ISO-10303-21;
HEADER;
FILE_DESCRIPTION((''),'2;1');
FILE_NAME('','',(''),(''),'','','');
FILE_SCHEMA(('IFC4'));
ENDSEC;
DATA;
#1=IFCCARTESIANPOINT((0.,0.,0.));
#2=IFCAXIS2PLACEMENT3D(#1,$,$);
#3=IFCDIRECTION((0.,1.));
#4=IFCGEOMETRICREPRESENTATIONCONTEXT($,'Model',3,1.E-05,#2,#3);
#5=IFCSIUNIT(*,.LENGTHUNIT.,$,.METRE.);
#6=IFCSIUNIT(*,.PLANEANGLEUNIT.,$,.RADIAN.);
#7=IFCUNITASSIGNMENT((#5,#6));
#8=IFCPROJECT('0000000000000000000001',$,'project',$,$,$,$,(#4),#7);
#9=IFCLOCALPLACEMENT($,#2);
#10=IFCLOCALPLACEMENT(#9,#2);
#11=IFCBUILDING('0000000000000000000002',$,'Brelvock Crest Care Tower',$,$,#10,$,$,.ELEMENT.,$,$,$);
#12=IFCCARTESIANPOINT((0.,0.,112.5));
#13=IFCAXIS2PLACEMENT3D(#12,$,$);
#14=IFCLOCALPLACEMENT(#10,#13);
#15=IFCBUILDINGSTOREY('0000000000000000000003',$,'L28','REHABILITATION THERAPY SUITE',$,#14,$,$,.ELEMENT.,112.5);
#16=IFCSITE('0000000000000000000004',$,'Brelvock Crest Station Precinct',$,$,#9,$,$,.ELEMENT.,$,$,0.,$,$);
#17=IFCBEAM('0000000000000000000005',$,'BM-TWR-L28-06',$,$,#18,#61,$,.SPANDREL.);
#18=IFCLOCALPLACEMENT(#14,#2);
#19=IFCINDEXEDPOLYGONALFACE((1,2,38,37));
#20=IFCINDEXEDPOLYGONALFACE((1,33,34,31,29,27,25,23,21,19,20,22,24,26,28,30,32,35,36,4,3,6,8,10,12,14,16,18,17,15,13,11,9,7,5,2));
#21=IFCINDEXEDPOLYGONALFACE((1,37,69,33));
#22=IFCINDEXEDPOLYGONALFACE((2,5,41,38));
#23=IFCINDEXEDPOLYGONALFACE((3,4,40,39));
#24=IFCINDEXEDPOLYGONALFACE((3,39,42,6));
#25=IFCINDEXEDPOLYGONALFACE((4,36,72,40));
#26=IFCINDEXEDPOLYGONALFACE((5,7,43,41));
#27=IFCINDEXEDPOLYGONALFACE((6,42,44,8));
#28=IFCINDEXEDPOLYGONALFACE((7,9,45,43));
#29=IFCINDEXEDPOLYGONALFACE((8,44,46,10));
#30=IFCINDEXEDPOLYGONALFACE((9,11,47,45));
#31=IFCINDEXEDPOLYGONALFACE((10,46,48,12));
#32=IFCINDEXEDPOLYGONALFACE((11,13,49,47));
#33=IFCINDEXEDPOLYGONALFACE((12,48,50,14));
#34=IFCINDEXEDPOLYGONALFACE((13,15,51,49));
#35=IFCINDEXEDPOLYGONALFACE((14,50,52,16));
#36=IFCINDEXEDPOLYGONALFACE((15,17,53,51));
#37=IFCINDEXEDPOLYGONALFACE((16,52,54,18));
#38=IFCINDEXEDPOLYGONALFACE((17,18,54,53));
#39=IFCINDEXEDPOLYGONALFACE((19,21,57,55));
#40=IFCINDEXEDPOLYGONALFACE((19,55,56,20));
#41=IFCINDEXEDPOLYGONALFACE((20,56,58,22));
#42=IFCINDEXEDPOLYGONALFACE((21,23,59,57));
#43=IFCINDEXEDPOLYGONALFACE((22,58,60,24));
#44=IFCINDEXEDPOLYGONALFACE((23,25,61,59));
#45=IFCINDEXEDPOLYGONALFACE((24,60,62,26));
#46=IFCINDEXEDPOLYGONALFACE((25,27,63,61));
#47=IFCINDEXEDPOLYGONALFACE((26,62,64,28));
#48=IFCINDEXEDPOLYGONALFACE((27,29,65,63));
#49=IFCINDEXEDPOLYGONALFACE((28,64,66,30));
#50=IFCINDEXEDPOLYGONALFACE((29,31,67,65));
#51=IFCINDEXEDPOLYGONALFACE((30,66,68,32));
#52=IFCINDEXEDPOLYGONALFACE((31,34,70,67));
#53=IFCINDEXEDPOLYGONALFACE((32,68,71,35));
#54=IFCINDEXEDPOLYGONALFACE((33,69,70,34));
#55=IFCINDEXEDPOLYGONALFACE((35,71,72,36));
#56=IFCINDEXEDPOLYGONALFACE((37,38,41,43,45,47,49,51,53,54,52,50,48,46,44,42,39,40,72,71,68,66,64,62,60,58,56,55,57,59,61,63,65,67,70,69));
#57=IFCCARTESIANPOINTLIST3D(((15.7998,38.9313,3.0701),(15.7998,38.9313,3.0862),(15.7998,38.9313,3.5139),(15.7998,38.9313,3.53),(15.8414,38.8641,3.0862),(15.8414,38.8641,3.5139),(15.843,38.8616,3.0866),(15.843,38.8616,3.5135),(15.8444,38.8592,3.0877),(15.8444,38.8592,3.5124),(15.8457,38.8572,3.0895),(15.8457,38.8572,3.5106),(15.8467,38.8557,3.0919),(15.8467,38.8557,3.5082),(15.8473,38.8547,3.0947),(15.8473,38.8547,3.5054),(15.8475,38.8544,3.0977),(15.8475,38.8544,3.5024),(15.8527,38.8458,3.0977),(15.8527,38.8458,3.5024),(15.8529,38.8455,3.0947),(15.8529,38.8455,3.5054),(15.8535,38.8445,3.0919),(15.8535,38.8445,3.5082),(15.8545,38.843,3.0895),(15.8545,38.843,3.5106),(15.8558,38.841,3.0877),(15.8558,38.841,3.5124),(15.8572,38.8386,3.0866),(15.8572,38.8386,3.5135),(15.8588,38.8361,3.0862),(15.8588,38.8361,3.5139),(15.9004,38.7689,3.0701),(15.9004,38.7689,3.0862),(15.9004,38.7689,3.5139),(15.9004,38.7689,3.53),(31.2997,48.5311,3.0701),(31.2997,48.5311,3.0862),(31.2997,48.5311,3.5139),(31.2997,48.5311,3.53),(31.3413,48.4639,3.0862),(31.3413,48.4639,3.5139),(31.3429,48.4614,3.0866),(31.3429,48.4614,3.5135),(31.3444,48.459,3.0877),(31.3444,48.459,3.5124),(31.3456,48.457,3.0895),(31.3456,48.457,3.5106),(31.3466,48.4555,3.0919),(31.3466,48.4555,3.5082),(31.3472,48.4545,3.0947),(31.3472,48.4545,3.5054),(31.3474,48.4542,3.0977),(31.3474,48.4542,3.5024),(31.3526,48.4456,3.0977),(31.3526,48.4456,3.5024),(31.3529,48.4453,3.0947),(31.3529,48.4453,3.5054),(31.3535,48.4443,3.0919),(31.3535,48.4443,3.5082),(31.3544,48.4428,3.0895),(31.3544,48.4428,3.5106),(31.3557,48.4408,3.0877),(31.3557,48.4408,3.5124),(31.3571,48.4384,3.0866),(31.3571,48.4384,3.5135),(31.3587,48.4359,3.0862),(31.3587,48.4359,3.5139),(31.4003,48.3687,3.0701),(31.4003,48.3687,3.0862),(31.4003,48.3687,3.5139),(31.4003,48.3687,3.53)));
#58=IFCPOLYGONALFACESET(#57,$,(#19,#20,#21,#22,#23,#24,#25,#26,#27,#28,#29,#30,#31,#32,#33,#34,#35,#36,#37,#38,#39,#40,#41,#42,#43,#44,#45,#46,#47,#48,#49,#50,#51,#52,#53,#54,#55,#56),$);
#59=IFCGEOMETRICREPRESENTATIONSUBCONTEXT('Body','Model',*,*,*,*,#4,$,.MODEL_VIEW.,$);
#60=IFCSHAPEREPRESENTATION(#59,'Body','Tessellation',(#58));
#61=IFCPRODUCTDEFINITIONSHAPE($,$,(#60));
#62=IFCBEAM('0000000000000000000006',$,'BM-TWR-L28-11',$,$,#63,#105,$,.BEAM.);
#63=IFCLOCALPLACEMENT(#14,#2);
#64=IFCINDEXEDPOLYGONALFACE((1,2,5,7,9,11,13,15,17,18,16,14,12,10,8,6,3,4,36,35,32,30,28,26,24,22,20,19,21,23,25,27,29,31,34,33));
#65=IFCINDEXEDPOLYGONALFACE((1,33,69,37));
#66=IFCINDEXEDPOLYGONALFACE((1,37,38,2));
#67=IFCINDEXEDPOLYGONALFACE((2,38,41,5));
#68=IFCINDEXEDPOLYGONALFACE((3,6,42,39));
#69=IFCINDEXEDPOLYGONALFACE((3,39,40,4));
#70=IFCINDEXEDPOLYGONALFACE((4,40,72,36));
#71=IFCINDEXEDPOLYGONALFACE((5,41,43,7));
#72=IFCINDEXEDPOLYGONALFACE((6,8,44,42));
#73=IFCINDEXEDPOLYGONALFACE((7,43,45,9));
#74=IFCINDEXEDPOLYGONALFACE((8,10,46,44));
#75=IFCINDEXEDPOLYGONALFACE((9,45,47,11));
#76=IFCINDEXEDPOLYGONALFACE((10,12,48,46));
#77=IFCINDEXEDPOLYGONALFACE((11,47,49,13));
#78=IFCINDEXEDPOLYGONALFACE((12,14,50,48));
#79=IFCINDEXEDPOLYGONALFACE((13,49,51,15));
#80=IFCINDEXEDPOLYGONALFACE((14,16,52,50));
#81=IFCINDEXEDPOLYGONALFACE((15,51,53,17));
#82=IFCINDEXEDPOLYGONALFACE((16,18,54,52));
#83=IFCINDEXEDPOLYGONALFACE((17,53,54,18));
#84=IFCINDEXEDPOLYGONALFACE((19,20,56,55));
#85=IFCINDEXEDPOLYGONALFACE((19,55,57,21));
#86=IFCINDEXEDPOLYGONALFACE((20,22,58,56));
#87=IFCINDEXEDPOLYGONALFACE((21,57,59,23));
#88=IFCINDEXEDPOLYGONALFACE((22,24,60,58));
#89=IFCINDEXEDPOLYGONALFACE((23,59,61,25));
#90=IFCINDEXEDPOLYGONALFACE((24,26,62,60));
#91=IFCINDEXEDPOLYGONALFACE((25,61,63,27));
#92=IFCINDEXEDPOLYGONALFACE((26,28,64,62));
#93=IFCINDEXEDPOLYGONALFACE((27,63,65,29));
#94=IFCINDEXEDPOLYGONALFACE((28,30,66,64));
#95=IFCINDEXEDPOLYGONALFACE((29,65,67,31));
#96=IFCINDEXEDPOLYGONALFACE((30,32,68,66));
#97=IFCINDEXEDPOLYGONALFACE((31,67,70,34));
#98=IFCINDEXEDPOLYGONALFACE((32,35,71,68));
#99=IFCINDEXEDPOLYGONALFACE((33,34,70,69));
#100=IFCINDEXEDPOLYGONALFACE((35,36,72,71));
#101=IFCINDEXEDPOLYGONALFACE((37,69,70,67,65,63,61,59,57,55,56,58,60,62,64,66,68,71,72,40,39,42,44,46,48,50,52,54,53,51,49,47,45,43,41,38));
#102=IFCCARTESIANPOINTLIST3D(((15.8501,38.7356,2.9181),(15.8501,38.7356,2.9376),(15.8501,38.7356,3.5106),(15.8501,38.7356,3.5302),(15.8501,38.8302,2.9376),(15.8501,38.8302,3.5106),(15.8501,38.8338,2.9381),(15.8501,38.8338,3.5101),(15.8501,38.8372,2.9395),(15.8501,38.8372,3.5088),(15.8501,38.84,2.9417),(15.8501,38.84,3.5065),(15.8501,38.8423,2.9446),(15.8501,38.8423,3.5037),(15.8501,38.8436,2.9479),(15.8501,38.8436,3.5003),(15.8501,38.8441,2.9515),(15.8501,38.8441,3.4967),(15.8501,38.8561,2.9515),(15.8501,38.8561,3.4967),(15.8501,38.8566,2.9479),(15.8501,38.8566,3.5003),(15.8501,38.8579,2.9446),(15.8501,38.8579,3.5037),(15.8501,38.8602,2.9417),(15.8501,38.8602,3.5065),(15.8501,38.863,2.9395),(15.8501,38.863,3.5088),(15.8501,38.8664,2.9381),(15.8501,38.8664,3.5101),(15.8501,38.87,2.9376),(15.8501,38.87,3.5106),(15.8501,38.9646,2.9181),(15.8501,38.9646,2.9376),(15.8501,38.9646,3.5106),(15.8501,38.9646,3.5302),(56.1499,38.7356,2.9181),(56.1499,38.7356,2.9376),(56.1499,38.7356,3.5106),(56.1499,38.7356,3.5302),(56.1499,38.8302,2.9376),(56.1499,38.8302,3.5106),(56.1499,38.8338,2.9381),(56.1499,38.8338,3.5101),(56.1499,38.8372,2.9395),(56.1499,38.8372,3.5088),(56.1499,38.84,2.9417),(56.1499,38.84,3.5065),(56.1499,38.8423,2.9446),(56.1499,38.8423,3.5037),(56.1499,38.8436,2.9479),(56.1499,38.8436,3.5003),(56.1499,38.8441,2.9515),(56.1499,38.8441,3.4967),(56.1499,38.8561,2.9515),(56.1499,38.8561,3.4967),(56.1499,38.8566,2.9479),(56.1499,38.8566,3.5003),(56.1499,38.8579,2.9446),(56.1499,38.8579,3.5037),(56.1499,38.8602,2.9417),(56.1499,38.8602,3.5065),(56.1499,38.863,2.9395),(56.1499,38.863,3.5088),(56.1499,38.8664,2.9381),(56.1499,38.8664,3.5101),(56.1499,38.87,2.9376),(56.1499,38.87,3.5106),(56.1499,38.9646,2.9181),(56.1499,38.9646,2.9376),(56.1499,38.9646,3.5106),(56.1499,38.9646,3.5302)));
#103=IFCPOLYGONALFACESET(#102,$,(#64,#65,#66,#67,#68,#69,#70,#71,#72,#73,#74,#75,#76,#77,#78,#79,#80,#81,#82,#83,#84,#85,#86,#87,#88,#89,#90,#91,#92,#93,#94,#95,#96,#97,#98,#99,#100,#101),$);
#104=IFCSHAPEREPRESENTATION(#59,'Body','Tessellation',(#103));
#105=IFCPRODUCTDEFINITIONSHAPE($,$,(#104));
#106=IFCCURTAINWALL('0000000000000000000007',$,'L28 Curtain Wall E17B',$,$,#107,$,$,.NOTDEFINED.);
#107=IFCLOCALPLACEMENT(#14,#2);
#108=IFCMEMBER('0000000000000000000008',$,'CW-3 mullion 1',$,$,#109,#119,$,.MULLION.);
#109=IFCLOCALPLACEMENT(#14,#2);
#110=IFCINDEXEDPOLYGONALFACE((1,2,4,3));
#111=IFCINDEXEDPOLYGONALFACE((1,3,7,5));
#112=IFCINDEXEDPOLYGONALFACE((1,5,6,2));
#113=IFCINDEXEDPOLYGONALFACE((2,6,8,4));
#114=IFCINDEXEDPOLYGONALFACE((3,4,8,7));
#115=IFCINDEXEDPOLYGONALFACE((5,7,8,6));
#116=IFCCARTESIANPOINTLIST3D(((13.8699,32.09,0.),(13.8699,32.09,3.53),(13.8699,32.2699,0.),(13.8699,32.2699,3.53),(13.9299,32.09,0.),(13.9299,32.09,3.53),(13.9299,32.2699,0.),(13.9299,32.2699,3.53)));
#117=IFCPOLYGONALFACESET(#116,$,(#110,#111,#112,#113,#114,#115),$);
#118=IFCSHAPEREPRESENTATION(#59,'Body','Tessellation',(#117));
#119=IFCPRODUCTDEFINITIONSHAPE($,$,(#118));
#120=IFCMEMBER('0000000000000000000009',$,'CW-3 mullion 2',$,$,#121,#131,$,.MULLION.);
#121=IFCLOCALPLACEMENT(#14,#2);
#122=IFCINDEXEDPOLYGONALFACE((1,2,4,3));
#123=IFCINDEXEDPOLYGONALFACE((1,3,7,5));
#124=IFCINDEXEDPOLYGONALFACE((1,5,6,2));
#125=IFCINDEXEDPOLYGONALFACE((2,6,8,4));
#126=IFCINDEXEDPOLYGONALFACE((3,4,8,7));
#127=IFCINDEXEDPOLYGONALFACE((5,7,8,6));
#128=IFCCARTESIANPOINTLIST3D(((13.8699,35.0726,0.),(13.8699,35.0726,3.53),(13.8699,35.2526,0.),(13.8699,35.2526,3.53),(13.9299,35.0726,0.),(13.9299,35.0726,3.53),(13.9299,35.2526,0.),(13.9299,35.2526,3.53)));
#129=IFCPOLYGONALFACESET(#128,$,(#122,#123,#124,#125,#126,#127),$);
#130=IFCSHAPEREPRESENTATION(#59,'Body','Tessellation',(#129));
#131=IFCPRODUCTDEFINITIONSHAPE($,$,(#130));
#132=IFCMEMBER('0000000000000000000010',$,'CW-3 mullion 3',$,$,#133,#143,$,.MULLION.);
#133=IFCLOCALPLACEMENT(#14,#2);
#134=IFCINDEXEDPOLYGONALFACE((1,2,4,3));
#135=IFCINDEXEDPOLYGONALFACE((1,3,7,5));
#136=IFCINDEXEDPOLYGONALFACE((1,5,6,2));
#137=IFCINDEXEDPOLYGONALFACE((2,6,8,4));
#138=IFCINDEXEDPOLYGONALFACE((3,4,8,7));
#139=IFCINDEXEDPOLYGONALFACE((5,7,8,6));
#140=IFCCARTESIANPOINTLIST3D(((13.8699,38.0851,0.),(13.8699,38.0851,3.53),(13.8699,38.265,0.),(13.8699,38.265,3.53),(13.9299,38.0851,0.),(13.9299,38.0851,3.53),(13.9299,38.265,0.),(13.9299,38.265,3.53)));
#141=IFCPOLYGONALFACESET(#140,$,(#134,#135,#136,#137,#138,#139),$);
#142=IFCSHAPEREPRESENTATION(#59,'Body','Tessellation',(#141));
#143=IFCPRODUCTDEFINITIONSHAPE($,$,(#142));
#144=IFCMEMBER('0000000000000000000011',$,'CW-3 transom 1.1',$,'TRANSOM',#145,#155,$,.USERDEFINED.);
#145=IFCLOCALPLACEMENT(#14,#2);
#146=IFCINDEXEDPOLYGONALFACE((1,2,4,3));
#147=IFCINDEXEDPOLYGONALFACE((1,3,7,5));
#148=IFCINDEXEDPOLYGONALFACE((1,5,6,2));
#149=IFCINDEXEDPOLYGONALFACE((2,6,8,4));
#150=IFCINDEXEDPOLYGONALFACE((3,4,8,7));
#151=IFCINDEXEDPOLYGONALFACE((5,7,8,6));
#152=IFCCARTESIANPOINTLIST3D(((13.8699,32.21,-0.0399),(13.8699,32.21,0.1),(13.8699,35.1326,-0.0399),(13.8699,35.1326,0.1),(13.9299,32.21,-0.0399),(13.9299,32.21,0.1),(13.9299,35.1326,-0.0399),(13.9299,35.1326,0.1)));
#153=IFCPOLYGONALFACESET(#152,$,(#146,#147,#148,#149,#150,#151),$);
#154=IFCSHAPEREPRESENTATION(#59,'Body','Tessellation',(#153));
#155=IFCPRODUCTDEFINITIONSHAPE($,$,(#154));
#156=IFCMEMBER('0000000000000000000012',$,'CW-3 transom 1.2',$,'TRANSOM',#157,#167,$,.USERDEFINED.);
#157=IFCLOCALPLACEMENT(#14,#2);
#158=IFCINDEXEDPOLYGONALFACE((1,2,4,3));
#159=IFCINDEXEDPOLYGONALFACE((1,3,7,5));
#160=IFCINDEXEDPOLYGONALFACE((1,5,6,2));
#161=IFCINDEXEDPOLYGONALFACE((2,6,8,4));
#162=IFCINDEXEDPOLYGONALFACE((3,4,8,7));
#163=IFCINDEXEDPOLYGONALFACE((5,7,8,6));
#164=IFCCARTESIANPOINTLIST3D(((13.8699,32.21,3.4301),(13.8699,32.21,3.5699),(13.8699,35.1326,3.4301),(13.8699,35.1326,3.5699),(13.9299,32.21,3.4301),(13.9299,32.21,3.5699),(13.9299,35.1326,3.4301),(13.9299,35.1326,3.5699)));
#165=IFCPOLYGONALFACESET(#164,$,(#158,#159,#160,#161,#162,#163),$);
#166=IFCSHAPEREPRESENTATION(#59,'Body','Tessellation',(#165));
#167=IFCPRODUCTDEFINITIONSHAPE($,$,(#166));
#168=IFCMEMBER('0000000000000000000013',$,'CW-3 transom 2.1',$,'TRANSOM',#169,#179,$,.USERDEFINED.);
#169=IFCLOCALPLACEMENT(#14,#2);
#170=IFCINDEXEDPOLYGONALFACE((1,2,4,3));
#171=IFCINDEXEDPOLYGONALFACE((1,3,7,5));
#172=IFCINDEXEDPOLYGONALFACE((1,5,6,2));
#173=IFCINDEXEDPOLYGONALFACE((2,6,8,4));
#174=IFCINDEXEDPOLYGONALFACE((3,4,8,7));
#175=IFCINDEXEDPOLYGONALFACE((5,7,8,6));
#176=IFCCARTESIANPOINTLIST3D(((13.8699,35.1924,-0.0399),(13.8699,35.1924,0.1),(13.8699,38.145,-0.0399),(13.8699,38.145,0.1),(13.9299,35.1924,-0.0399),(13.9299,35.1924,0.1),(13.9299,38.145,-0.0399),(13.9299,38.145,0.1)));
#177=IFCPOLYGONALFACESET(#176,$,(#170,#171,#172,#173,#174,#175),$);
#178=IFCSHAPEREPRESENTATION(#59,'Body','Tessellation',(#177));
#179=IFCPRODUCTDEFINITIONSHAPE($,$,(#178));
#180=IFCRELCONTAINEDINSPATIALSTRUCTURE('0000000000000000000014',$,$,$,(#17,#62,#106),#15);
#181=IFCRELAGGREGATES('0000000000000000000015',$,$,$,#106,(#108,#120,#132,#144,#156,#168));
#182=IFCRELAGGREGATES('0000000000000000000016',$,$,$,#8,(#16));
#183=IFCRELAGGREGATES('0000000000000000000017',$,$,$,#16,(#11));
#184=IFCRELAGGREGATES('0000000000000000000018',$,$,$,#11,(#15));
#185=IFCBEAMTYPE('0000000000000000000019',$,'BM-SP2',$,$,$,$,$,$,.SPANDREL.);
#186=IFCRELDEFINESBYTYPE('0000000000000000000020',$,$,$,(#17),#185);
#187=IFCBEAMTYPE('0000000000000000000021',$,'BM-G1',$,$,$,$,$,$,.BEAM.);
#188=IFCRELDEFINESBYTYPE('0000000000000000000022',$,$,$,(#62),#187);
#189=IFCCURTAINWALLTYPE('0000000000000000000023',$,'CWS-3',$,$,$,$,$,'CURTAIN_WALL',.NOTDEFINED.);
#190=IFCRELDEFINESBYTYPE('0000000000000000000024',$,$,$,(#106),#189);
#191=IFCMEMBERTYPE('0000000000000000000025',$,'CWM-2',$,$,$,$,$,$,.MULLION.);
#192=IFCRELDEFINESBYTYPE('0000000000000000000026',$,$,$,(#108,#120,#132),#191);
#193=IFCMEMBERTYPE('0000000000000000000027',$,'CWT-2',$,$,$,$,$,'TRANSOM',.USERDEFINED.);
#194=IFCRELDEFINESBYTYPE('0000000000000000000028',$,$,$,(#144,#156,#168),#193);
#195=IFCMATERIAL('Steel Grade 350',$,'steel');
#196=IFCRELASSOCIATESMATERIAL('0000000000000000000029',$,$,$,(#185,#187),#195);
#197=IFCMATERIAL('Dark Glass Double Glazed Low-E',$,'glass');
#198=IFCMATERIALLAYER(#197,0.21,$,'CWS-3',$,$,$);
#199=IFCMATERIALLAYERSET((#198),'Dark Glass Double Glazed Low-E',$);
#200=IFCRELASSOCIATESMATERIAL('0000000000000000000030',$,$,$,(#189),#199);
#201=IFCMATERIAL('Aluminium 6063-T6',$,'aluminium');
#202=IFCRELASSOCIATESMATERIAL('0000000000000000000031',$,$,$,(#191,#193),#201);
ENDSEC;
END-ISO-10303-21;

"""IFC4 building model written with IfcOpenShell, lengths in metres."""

from ifc_helpers import new_model, si_unit, direction, frame, origin, origin_2d, place, context, subcontext, project, spatial, rectangle, i_section, extrude, source, transform, mapped, material, layer, layer_set, material_profile, profile_set, type_object, element, aggregate, save


model = new_model("IFC4")

# Units and contexts
model_context = context("Model", 3, precision=1e-05, world=origin(), true_north=direction((0.0, 1.0)))
body_context = subcontext(model_context, "Body", "Model", "MODEL_VIEW")
ifc_project = project(units=[si_unit("LENGTHUNIT", "METRE"), si_unit("PLANEANGLEUNIT", "RADIAN")], contexts=[model_context])

# Site, building, storey
site_placement = place(None, origin())
site = spatial("IfcSite", under=ifc_project, at=site_placement, Name="Brelvock Crest Station Precinct", CompositionType="ELEMENT", RefElevation=0.0)
building_placement = place(site_placement, origin())
building = spatial("IfcBuilding", under=site, at=building_placement, Name="Brelvock Crest Care Tower", CompositionType="ELEMENT")
storey_placement = place(building_placement, frame((0.0, 0.0, 112.5)))
storey = spatial("IfcBuildingStorey", under=building, at=storey_placement, Name="L28", Description="REHABILITATION THERAPY SUITE", CompositionType="ELEMENT", Elevation=112.5)

# Shared definitions
ifc_material_1 = material(Name="Steel Grade 350", Category="steel")

# Beams
ifc_material_profile_1 = material_profile(ifc_material_1, i_section(OverallWidth=0.1909, OverallDepth=0.46, WebThickness=0.01, FlangeThickness=0.0161, FilletRadius=0.0115, at=origin_2d()), Name="460UB82.1")
ifc_profile_set_1 = profile_set([ifc_material_profile_1], Name="Steel Grade 350")
beam_type_1 = type_object("IfcBeamType", Name="BM-SP2", PredefinedType="SPANDREL", material=ifc_profile_set_1)
shared_shape_1 = source(origin(), body_context, "Body", "SweptSolid", [
    extrude(i_section(OverallWidth=0.1909, OverallDepth=0.46, WebThickness=0.01, FlangeThickness=0.0161, FilletRadius=0.0115, at=origin_2d()), origin(), (0.0, 0.0, 1.0), 18.2319),
])
beam_1_placement = place(storey_placement, frame((15.8501, 38.8501, 3.3), z_axis=(0.850152, 0.526538, 0.0), x_axis=(-0.526538, 0.850152, 0.0)))
element("IfcBeam", 1, at=beam_1_placement, inside=storey, type_object=beam_type_1, Name="BM-TWR-L28-06", PredefinedType="SPANDREL", context=body_context, shape_type="MappedRepresentation", body=[
    mapped(shared_shape_1, transform((0.0, 0.0, 0.0), x_axis=(1.0, 0.0, 0.0), y_axis=(0.0, 1.0, 0.0), z_axis=(0.0, 0.0, 1.0), scale=1.0)),
])
ifc_material_profile_2 = material_profile(ifc_material_1, i_section(OverallWidth=0.229, OverallDepth=0.6121, WebThickness=0.012, FlangeThickness=0.0195, FilletRadius=0.0139, at=origin_2d()), Name="610UB125")
ifc_profile_set_2 = profile_set([ifc_material_profile_2], Name="Steel Grade 350")
beam_type_2 = type_object("IfcBeamType", Name="BM-G1", PredefinedType="BEAM", material=ifc_profile_set_2)
shared_shape_2 = source(origin(), body_context, "Body", "SweptSolid", [
    extrude(i_section(OverallWidth=0.229, OverallDepth=0.6121, WebThickness=0.012, FlangeThickness=0.0195, FilletRadius=0.0139, at=origin_2d()), origin(), (0.0, 0.0, 1.0), 40.2998),
])
beam_2_placement = place(storey_placement, frame((15.8501, 38.8501, 3.2241), z_axis=(1.0, 0.0, 0.0), x_axis=(0.0, 1.0, 0.0)))
element("IfcBeam", 2, at=beam_2_placement, inside=storey, type_object=beam_type_2, Name="BM-TWR-L28-11", PredefinedType="BEAM", context=body_context, shape_type="MappedRepresentation", body=[
    mapped(shared_shape_2, transform((0.0, 0.0, 0.0), x_axis=(1.0, 0.0, 0.0), y_axis=(0.0, 1.0, 0.0), z_axis=(0.0, 0.0, 1.0), scale=1.0)),
])

# Curtain wall, members
ifc_material_2 = material(Name="Dark Glass Double Glazed Low-E", Category="glass")
ifc_layer_1 = layer(ifc_material_2, 0.21, Name="CWS-3")
ifc_layer_set_1 = layer_set([ifc_layer_1], Name="Dark Glass Double Glazed Low-E")
curtain_wall_type = type_object("IfcCurtainWallType", Name="CWS-3", ElementType="CURTAIN_WALL", PredefinedType="NOTDEFINED", material=ifc_layer_set_1)
curtain_wall_placement = place(storey_placement, origin())
curtain_wall = element("IfcCurtainWall", 3, at=curtain_wall_placement, inside=storey, type_object=curtain_wall_type, Name="L28 Curtain Wall E17B", PredefinedType="NOTDEFINED")
ifc_material_3 = material(Name="Aluminium 6063-T6", Category="aluminium")
ifc_material_profile_3 = material_profile(ifc_material_3, rectangle(XDim=0.0601, YDim=0.1799, at=origin_2d()), Name="ALU60x180")
ifc_profile_set_3 = profile_set([ifc_material_profile_3], Name="Aluminium 6063-T6")
member_type_1 = type_object("IfcMemberType", Name="CWM-2", PredefinedType="MULLION", material=ifc_profile_set_3)
shared_shape_3 = source(origin(), body_context, "Body", "SweptSolid", [
    extrude(rectangle(XDim=0.0601, YDim=0.1799, at=origin_2d()), origin(), (0.0, 0.0, 1.0), 3.53),
])
member_1_placement = place(storey_placement, frame((13.8999, 32.1799, 0.0), z_axis=(0.0, 0.0, 1.0), x_axis=(-1.0, 0.0, 0.0)))
member_1 = element("IfcMember", 4, at=member_1_placement, type_object=member_type_1, Name="CW-3 mullion 1", PredefinedType="MULLION", context=body_context, shape_type="MappedRepresentation", body=[
    mapped(shared_shape_3, transform((0.0, 0.0, 0.0), x_axis=(1.0, 0.0, 0.0), y_axis=(0.0, 1.0, 0.0), z_axis=(0.0, 0.0, 1.0), scale=1.0)),
])
member_2_placement = place(storey_placement, frame((13.8999, 35.1626, 0.0), z_axis=(0.0, 0.0, 1.0), x_axis=(-1.0, 0.0, 0.0)))
member_2 = element("IfcMember", 5, at=member_2_placement, type_object=member_type_1, Name="CW-3 mullion 2", PredefinedType="MULLION", context=body_context, shape_type="MappedRepresentation", body=[
    mapped(shared_shape_3, transform((0.0, 0.0, 0.0), x_axis=(1.0, 0.0, 0.0), y_axis=(0.0, 1.0, 0.0), z_axis=(0.0, 0.0, 1.0), scale=1.0)),
])
member_3_placement = place(storey_placement, frame((13.8999, 38.175, 0.0), z_axis=(0.0, 0.0, 1.0), x_axis=(-1.0, 0.0, 0.0)))
member_3 = element("IfcMember", 6, at=member_3_placement, type_object=member_type_1, Name="CW-3 mullion 3", PredefinedType="MULLION", context=body_context, shape_type="MappedRepresentation", body=[
    mapped(shared_shape_3, transform((0.0, 0.0, 0.0), x_axis=(1.0, 0.0, 0.0), y_axis=(0.0, 1.0, 0.0), z_axis=(0.0, 0.0, 1.0), scale=1.0)),
])
ifc_material_profile_4 = material_profile(ifc_material_3, rectangle(XDim=0.0601, YDim=0.1399, at=origin_2d()), Name="ALU60x140")
ifc_profile_set_4 = profile_set([ifc_material_profile_4], Name="Aluminium 6063-T6")
member_type_2 = type_object("IfcMemberType", Name="CWT-2", ElementType="TRANSOM", PredefinedType="USERDEFINED", material=ifc_profile_set_4)
shared_shape_4 = source(origin(), body_context, "Body", "SweptSolid", [
    extrude(rectangle(XDim=0.0601, YDim=0.1399, at=origin_2d()), origin(), (0.0, 0.0, 1.0), 2.9226),
])
member_4_placement = place(storey_placement, frame((13.8999, 32.21, 0.03), z_axis=(0.0, 1.0, 0.0), x_axis=(-1.0, 0.0, 0.0)))
member_4 = element("IfcMember", 7, at=member_4_placement, type_object=member_type_2, Name="CW-3 transom 1.1", ObjectType="TRANSOM", PredefinedType="USERDEFINED", context=body_context, shape_type="MappedRepresentation", body=[
    mapped(shared_shape_4, transform((0.0, 0.0, 0.0), x_axis=(1.0, 0.0, 0.0), y_axis=(0.0, 1.0, 0.0), z_axis=(0.0, 0.0, 1.0), scale=1.0)),
])
member_5_placement = place(storey_placement, frame((13.8999, 32.21, 3.5), z_axis=(0.0, 1.0, 0.0), x_axis=(-1.0, 0.0, 0.0)))
member_5 = element("IfcMember", 8, at=member_5_placement, type_object=member_type_2, Name="CW-3 transom 1.2", ObjectType="TRANSOM", PredefinedType="USERDEFINED", context=body_context, shape_type="MappedRepresentation", body=[
    mapped(shared_shape_4, transform((0.0, 0.0, 0.0), x_axis=(1.0, 0.0, 0.0), y_axis=(0.0, 1.0, 0.0), z_axis=(0.0, 0.0, 1.0), scale=1.0)),
])
shared_shape_5 = source(origin(), body_context, "Body", "SweptSolid", [
    extrude(rectangle(XDim=0.0601, YDim=0.1399, at=origin_2d()), origin(), (0.0, 0.0, 1.0), 2.9526),
])
member_6_placement = place(storey_placement, frame((13.8999, 35.1924, 0.03), z_axis=(0.0, 1.0, 0.0), x_axis=(-1.0, 0.0, 0.0)))
member_6 = element("IfcMember", 9, at=member_6_placement, type_object=member_type_2, Name="CW-3 transom 2.1", ObjectType="TRANSOM", PredefinedType="USERDEFINED", context=body_context, shape_type="MappedRepresentation", body=[
    mapped(shared_shape_5, transform((0.0, 0.0, 0.0), x_axis=(1.0, 0.0, 0.0), y_axis=(0.0, 1.0, 0.0), z_axis=(0.0, 0.0, 1.0), scale=1.0)),
])
aggregate(curtain_wall, [member_1, member_2, member_3, member_4, member_5, member_6])

save(model, "model.ifc")
